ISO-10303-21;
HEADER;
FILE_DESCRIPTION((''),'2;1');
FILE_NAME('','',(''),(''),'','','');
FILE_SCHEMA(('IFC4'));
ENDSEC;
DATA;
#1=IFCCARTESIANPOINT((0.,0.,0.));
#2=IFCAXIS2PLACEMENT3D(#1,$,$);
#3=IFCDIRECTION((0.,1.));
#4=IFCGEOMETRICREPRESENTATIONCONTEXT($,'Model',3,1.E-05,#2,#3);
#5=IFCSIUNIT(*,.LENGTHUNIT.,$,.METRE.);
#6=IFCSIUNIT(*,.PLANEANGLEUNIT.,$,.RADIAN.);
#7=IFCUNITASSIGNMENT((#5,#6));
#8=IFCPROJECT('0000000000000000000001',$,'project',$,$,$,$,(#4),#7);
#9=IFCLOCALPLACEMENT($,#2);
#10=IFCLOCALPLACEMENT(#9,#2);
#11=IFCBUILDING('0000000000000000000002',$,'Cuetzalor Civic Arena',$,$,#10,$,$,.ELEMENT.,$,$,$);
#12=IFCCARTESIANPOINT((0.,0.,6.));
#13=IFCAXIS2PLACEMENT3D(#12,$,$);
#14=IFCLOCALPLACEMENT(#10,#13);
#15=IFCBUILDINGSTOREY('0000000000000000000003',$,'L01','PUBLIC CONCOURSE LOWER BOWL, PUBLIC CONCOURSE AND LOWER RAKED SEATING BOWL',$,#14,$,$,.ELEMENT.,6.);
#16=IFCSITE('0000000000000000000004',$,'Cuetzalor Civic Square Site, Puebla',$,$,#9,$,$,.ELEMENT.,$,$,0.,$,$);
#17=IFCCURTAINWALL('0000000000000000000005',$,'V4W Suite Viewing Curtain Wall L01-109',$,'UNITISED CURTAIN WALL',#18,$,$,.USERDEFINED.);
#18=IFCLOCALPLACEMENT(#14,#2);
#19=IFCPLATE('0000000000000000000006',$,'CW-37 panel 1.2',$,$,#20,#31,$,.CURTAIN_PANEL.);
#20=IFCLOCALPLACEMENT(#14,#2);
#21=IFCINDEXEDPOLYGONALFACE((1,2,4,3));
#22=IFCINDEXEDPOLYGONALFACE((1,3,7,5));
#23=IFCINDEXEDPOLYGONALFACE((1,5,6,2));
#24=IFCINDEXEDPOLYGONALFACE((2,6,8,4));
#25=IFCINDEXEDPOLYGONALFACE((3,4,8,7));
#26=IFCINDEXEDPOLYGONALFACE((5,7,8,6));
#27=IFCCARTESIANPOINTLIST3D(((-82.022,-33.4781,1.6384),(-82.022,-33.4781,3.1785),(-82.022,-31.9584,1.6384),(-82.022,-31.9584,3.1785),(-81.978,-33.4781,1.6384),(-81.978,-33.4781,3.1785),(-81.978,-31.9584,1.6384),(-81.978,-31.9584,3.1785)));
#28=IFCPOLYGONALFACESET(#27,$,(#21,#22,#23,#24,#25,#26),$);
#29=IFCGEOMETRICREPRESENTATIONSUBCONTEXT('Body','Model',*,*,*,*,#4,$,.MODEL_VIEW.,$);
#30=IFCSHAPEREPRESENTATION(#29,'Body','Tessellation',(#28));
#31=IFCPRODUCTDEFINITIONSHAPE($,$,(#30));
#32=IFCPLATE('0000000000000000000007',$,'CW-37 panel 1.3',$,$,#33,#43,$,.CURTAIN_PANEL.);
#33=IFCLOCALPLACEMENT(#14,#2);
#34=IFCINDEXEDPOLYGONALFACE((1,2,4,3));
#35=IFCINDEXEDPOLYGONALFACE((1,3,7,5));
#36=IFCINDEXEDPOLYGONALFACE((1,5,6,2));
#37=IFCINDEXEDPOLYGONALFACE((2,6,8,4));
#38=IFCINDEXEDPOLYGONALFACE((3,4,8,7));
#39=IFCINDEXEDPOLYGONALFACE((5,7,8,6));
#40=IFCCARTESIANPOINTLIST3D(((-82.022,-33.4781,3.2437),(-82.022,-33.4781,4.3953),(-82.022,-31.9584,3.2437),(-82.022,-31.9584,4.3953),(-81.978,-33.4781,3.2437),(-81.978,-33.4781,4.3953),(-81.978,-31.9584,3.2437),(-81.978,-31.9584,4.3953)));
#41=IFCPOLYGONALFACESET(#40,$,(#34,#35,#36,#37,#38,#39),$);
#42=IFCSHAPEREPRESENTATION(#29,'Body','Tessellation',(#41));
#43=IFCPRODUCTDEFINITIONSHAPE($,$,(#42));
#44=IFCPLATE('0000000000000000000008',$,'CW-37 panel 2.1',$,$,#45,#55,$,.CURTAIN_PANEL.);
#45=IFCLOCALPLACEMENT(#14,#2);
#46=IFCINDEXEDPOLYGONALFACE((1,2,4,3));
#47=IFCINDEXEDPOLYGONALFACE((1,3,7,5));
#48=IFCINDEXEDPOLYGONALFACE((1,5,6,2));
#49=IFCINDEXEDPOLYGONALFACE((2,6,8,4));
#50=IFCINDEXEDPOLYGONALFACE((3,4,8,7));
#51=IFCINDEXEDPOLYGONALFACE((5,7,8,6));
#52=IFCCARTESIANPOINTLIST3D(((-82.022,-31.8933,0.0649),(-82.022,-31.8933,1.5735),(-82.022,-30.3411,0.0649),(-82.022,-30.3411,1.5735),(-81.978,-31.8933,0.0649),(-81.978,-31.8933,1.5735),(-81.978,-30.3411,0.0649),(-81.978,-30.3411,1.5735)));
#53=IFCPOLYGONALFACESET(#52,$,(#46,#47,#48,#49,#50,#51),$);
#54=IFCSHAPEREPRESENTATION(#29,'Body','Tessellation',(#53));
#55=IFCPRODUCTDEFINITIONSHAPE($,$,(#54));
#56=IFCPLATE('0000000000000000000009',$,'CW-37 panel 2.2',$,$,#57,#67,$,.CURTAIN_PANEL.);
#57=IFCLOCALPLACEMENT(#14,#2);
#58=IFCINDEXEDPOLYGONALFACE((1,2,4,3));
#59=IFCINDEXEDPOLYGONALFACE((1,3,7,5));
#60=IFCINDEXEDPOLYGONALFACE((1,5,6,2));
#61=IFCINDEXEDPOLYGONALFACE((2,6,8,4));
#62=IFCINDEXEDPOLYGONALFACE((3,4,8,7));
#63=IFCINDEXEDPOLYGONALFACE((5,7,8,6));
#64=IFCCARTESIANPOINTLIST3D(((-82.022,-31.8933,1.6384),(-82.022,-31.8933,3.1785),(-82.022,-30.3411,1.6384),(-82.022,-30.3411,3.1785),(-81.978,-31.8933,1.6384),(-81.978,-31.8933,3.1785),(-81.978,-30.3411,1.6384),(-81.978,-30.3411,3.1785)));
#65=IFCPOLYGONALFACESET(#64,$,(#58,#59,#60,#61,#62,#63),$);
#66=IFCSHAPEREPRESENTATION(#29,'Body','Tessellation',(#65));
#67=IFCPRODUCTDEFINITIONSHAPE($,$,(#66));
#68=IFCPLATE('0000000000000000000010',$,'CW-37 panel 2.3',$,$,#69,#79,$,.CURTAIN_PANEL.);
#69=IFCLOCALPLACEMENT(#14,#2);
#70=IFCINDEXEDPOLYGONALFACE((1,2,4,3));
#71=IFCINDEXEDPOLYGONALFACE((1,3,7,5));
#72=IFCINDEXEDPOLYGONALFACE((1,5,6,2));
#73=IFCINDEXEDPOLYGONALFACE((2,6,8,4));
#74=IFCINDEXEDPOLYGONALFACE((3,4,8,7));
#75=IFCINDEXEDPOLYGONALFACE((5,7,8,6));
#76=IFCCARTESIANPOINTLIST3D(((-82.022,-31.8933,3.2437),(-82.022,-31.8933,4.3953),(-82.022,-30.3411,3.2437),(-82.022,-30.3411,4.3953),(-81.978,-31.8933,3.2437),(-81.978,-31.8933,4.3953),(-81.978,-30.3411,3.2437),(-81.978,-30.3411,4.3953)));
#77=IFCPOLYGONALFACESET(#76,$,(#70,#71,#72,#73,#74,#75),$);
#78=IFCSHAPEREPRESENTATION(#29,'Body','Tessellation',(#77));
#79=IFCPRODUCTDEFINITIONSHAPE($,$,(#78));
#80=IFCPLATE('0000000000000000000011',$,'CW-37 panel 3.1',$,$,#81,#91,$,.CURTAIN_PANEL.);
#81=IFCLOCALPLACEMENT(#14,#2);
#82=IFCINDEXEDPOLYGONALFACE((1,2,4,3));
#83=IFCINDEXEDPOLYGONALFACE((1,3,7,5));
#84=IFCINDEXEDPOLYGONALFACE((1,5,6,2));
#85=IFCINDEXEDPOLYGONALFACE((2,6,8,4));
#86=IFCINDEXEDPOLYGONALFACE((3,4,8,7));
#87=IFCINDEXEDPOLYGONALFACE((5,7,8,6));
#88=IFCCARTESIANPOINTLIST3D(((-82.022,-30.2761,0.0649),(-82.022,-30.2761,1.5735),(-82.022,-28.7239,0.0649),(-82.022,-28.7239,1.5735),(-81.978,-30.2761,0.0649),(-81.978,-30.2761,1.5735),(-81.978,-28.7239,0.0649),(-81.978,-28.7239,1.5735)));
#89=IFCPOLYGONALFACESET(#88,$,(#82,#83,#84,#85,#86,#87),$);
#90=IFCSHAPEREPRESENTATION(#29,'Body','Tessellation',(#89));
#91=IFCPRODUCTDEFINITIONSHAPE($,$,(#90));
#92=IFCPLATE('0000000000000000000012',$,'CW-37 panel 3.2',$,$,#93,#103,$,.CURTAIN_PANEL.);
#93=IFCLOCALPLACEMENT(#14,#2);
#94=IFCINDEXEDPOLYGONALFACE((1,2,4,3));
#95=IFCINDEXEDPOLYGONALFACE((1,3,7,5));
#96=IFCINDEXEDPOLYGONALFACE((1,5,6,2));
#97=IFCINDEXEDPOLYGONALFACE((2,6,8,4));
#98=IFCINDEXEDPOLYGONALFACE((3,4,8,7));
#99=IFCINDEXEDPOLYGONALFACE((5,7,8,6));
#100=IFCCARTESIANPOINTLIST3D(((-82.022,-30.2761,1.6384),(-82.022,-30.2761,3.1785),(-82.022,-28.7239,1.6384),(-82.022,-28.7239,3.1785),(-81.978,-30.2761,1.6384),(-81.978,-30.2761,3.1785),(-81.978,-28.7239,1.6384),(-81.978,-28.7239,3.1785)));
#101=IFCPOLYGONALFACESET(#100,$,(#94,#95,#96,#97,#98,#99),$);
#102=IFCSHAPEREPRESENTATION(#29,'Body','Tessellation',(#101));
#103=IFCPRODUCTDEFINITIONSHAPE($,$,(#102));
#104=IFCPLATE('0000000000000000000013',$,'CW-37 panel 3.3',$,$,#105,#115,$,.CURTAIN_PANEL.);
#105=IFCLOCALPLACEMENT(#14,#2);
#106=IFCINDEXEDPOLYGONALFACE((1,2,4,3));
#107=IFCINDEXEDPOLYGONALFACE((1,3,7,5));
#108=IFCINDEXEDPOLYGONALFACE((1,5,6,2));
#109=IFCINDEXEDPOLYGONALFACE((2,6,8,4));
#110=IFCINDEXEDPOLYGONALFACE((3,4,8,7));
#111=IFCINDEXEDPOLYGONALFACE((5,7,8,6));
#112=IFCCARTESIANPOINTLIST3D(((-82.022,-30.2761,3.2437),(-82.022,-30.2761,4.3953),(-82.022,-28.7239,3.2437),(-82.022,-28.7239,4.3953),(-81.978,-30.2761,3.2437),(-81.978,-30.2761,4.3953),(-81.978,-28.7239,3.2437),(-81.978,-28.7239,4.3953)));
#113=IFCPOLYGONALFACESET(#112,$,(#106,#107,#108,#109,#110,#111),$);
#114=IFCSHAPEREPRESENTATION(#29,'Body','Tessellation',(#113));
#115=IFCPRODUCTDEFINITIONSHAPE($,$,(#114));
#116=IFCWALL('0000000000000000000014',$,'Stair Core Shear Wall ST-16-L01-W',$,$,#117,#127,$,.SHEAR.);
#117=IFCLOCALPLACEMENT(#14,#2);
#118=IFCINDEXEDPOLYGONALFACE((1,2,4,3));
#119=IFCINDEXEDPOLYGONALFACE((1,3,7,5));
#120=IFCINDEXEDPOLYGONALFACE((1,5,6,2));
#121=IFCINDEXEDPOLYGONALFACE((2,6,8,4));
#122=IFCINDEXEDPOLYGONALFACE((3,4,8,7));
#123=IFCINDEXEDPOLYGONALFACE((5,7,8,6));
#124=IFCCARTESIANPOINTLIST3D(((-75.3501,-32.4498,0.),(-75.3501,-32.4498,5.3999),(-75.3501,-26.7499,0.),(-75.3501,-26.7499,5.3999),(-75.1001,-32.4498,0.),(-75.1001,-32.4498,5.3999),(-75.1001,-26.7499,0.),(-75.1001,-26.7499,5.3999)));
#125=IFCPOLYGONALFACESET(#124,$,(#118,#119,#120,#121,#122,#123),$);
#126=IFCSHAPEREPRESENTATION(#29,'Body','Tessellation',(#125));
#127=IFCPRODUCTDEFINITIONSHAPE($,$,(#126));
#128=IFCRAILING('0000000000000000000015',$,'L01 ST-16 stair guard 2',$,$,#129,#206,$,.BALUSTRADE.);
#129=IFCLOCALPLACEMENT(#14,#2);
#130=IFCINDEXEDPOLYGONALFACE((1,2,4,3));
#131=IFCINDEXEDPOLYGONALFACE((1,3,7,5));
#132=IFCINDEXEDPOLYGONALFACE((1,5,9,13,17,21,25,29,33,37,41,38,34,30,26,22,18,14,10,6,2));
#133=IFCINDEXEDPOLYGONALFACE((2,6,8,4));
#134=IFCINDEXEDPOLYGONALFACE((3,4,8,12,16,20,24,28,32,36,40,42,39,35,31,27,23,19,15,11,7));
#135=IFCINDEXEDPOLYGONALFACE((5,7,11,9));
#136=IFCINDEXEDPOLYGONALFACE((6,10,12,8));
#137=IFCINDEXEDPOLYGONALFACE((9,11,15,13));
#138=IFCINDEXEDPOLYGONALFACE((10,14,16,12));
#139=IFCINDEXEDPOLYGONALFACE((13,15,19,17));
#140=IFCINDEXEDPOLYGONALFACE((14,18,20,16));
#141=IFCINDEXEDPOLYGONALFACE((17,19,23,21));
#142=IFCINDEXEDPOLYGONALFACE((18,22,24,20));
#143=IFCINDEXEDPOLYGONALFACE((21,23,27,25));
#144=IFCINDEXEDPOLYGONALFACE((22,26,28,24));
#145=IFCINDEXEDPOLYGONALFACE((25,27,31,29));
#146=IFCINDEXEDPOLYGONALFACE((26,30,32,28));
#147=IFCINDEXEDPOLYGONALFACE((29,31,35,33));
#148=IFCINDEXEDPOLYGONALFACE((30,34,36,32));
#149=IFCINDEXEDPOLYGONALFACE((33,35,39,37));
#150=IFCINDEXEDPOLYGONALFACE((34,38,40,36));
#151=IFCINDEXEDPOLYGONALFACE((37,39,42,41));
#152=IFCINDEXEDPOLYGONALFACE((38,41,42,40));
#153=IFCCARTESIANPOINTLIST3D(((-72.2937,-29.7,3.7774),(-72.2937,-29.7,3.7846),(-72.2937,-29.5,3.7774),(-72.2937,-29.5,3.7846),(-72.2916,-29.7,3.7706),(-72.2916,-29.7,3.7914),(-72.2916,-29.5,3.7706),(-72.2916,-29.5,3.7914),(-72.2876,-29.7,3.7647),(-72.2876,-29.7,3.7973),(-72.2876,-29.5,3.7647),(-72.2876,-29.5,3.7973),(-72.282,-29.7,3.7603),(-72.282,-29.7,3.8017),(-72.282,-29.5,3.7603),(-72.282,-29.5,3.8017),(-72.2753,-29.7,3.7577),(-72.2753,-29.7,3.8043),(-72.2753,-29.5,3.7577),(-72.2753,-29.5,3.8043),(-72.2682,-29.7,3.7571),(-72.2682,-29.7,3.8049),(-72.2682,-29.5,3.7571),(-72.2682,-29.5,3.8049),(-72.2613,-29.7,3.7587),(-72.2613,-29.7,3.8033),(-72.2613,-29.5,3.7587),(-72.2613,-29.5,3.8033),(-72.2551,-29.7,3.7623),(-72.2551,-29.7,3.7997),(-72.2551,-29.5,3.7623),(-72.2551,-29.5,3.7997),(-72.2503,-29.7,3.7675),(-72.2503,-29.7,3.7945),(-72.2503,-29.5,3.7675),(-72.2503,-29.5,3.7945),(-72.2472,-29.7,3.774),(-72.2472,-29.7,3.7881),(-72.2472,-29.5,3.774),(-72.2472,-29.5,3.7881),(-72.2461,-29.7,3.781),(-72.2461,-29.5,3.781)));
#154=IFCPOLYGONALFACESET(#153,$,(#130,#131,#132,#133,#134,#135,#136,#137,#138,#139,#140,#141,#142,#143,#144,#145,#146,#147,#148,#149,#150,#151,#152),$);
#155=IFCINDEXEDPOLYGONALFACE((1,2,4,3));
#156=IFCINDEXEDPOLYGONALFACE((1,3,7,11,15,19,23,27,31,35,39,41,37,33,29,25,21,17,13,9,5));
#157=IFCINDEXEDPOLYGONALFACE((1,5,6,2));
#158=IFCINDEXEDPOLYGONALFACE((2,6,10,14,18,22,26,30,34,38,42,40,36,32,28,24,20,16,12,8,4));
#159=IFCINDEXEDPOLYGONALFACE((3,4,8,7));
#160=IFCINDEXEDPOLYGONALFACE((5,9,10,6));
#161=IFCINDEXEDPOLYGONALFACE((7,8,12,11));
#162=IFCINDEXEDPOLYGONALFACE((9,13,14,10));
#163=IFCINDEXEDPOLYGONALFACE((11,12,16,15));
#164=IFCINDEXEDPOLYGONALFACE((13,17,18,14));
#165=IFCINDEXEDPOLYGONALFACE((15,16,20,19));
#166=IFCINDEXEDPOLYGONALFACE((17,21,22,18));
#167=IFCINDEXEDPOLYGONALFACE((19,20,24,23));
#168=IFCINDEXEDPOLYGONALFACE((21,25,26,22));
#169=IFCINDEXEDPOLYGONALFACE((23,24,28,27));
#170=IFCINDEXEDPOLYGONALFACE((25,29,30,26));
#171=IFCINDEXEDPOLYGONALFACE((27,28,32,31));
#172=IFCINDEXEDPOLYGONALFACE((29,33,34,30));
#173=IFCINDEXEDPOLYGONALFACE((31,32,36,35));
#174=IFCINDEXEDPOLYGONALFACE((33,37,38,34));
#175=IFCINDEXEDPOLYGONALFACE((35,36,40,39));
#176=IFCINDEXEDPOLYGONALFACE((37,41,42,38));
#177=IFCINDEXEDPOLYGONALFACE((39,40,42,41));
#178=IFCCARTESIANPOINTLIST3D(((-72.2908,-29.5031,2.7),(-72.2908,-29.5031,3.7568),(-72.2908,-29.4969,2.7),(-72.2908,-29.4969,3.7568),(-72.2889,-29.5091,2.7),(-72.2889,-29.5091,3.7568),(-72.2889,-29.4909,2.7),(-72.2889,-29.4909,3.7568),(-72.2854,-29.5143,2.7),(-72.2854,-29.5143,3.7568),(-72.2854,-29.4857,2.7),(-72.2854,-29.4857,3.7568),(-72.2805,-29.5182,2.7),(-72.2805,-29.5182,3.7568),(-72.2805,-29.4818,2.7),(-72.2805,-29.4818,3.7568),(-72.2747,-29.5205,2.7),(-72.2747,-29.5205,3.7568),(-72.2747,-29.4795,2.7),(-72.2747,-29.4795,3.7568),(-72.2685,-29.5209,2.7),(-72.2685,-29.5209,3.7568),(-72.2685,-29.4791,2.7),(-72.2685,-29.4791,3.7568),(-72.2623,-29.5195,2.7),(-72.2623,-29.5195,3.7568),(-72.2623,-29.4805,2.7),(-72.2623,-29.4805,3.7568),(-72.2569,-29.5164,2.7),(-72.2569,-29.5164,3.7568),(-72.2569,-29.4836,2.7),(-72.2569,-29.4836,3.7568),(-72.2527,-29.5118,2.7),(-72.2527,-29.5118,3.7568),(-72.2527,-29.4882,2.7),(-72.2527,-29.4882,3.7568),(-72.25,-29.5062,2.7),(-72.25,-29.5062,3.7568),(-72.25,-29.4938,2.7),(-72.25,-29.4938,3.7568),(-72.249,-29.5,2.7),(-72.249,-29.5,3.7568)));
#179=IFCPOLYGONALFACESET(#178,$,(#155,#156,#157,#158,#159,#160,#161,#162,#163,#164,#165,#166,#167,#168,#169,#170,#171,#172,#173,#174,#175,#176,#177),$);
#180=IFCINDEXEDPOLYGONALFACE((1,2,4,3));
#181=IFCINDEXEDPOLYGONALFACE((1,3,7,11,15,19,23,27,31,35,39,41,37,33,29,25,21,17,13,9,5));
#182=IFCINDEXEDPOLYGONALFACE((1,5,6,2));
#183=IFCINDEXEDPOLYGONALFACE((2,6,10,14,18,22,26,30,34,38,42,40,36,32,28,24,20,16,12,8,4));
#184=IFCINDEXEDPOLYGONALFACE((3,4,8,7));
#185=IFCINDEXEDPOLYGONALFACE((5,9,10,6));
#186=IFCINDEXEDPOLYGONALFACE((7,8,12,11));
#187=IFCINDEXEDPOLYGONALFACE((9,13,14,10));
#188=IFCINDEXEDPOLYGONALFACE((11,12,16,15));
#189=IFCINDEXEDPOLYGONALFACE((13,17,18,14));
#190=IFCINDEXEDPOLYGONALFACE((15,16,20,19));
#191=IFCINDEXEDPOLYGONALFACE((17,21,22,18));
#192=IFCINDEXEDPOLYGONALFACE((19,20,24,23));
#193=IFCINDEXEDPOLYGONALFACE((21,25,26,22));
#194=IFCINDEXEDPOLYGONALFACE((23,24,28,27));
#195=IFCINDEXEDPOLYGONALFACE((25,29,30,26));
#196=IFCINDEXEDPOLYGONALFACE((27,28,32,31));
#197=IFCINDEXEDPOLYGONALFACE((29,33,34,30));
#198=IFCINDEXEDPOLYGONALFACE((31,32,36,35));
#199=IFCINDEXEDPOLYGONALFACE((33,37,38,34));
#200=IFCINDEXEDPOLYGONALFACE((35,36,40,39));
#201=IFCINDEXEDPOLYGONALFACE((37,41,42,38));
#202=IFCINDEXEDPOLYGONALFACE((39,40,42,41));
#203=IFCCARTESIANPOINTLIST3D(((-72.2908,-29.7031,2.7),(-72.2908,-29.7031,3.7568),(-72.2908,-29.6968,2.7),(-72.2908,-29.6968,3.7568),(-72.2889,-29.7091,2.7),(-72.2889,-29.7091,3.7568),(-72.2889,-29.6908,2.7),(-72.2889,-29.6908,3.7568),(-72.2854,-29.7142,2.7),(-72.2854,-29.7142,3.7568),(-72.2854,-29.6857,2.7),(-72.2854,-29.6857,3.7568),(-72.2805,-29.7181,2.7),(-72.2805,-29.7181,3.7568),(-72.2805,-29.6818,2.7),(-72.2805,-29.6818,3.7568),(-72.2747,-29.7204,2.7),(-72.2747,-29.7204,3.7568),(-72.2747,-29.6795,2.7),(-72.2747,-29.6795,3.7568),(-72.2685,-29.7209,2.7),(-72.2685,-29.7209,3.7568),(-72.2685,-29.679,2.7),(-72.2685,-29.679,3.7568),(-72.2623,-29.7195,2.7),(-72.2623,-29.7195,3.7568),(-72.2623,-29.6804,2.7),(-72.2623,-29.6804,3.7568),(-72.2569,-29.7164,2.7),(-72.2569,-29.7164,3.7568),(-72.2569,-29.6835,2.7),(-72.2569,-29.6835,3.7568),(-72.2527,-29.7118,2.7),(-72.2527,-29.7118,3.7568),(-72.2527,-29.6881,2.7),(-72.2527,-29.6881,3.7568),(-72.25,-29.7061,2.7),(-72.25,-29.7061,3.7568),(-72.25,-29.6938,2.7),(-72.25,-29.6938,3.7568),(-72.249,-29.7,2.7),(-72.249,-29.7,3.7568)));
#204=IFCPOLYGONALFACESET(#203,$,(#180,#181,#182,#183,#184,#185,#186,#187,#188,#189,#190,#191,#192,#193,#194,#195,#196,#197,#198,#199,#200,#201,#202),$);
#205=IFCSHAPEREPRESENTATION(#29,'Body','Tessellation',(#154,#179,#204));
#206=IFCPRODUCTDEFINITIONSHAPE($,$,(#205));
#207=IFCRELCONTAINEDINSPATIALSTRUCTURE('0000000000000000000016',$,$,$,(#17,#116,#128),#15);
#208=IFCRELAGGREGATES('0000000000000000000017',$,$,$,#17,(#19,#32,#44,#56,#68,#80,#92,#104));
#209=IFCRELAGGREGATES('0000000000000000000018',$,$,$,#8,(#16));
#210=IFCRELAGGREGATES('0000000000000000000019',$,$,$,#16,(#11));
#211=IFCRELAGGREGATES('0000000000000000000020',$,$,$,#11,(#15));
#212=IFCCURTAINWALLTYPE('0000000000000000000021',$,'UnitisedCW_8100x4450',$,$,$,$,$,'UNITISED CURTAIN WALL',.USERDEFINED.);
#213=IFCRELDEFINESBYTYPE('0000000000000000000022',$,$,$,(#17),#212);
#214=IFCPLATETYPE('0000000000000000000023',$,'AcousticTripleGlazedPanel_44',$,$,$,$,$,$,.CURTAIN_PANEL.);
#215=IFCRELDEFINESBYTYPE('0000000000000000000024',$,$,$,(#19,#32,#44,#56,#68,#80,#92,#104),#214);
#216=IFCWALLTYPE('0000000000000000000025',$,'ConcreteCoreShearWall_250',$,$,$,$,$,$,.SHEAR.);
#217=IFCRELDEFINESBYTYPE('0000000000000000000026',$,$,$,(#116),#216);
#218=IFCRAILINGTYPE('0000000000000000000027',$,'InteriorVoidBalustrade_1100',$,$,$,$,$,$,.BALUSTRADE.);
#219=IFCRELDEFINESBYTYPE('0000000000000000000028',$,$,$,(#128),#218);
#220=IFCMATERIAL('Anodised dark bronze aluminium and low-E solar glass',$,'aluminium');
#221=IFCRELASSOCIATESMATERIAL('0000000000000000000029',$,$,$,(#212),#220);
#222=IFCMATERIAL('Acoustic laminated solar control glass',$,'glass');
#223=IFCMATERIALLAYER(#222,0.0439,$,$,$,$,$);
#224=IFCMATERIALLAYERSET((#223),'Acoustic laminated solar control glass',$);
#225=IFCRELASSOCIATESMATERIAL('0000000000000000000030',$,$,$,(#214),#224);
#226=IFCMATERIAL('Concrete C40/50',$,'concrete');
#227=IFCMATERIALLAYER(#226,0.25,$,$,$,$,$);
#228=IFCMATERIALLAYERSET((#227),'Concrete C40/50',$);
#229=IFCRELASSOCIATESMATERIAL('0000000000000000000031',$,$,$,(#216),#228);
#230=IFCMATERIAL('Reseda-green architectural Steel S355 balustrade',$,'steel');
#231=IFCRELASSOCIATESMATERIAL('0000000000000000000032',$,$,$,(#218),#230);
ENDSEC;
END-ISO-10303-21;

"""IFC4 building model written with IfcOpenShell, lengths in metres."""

from ifc_helpers import new_model, si_unit, direction, frame, frame_2d, origin, origin_2d, place, context, subcontext, project, spatial, rectangle, circle, extrude, material, layer, layer_set, type_object, element, aggregate, save


model = new_model("IFC4")

# Units and contexts
model_context = context("Model", 3, precision=1e-05, world=origin(), true_north=direction((0.0, 1.0)))
body_context = subcontext(model_context, "Body", "Model", "MODEL_VIEW")
ifc_project = project(units=[si_unit("LENGTHUNIT", "METRE"), si_unit("PLANEANGLEUNIT", "RADIAN")], contexts=[model_context])

# Site, building, storey
site_placement = place(None, origin())
site = spatial("IfcSite", under=ifc_project, at=site_placement, Name="Cuetzalor Civic Square Site, Puebla", CompositionType="ELEMENT", RefElevation=0.0)
building_placement = place(site_placement, origin())
building = spatial("IfcBuilding", under=site, at=building_placement, Name="Cuetzalor Civic Arena", CompositionType="ELEMENT")
storey_placement = place(building_placement, frame((0.0, 0.0, 6.0)))
storey = spatial("IfcBuildingStorey", under=building, at=storey_placement, Name="L01", Description="PUBLIC CONCOURSE LOWER BOWL, PUBLIC CONCOURSE AND LOWER RAKED SEATING BOWL", CompositionType="ELEMENT", Elevation=6.0)

# Curtain wall
ifc_material_1 = material(Name="Anodised dark bronze aluminium and low-E solar glass", Category="aluminium")
curtain_wall_type = type_object("IfcCurtainWallType", Name="UnitisedCW_8100x4450", ElementType="UNITISED CURTAIN WALL", PredefinedType="USERDEFINED", material=ifc_material_1)
curtain_wall_placement = place(storey_placement, origin())
curtain_wall = element("IfcCurtainWall", 1, at=curtain_wall_placement, inside=storey, type_object=curtain_wall_type, Name="V4W Suite Viewing Curtain Wall L01-109", ObjectType="UNITISED CURTAIN WALL", PredefinedType="USERDEFINED")

# Plates
ifc_material_2 = material(Name="Acoustic laminated solar control glass", Category="glass")
ifc_layer_1 = layer(ifc_material_2, 0.0439)
ifc_layer_set_1 = layer_set([ifc_layer_1], Name="Acoustic laminated solar control glass")
plate_type = type_object("IfcPlateType", Name="AcousticTripleGlazedPanel_44", PredefinedType="CURTAIN_PANEL", material=ifc_layer_set_1)
plate_1_placement = place(storey_placement, frame((-82.0, -32.7183, 1.6384), z_axis=(0.0, 0.0, 1.0), x_axis=(0.0, 1.0, 0.0)))
plate_1 = element("IfcPlate", 2, at=plate_1_placement, type_object=plate_type, Name="CW-37 panel 1.2", PredefinedType="CURTAIN_PANEL", context=body_context, shape_type="SweptSolid", body=[
    extrude(rectangle(XDim=1.5198, YDim=0.0439, at=origin_2d()), origin(), (0.0, 0.0, 1.0), 1.54),
])
plate_2_placement = place(storey_placement, frame((-82.0, -32.7183, 3.2437), z_axis=(0.0, 0.0, 1.0), x_axis=(0.0, 1.0, 0.0)))
plate_2 = element("IfcPlate", 3, at=plate_2_placement, type_object=plate_type, Name="CW-37 panel 1.3", PredefinedType="CURTAIN_PANEL", context=body_context, shape_type="SweptSolid", body=[
    extrude(rectangle(XDim=1.5198, YDim=0.0439, at=origin_2d()), origin(), (0.0, 0.0, 1.0), 1.1516),
])
plate_3_placement = place(storey_placement, frame((-82.0, -31.1172, 0.0649), z_axis=(0.0, 0.0, 1.0), x_axis=(0.0, 1.0, 0.0)))
plate_3 = element("IfcPlate", 4, at=plate_3_placement, type_object=plate_type, Name="CW-37 panel 2.1", PredefinedType="CURTAIN_PANEL", context=body_context, shape_type="SweptSolid", body=[
    extrude(rectangle(XDim=1.5522, YDim=0.0439, at=origin_2d()), origin(), (0.0, 0.0, 1.0), 1.5085),
])
plate_4_placement = place(storey_placement, frame((-82.0, -31.1172, 1.6384), z_axis=(0.0, 0.0, 1.0), x_axis=(0.0, 1.0, 0.0)))
plate_4 = element("IfcPlate", 5, at=plate_4_placement, type_object=plate_type, Name="CW-37 panel 2.2", PredefinedType="CURTAIN_PANEL", context=body_context, shape_type="SweptSolid", body=[
    extrude(rectangle(XDim=1.5522, YDim=0.0439, at=origin_2d()), origin(), (0.0, 0.0, 1.0), 1.54),
])
plate_5_placement = place(storey_placement, frame((-82.0, -31.1172, 3.2437), z_axis=(0.0, 0.0, 1.0), x_axis=(0.0, 1.0, 0.0)))
plate_5 = element("IfcPlate", 6, at=plate_5_placement, type_object=plate_type, Name="CW-37 panel 2.3", PredefinedType="CURTAIN_PANEL", context=body_context, shape_type="SweptSolid", body=[
    extrude(rectangle(XDim=1.5522, YDim=0.0439, at=origin_2d()), origin(), (0.0, 0.0, 1.0), 1.1516),
])
plate_6_placement = place(storey_placement, frame((-82.0, -29.5, 0.0649), z_axis=(0.0, 0.0, 1.0), x_axis=(0.0, 1.0, 0.0)))
plate_6 = element("IfcPlate", 7, at=plate_6_placement, type_object=plate_type, Name="CW-37 panel 3.1", PredefinedType="CURTAIN_PANEL", context=body_context, shape_type="SweptSolid", body=[
    extrude(rectangle(XDim=1.5522, YDim=0.0439, at=origin_2d()), origin(), (0.0, 0.0, 1.0), 1.5085),
])
plate_7_placement = place(storey_placement, frame((-82.0, -29.5, 1.6384), z_axis=(0.0, 0.0, 1.0), x_axis=(0.0, 1.0, 0.0)))
plate_7 = element("IfcPlate", 8, at=plate_7_placement, type_object=plate_type, Name="CW-37 panel 3.2", PredefinedType="CURTAIN_PANEL", context=body_context, shape_type="SweptSolid", body=[
    extrude(rectangle(XDim=1.5522, YDim=0.0439, at=origin_2d()), origin(), (0.0, 0.0, 1.0), 1.54),
])
plate_8_placement = place(storey_placement, frame((-82.0, -29.5, 3.2437), z_axis=(0.0, 0.0, 1.0), x_axis=(0.0, 1.0, 0.0)))
plate_8 = element("IfcPlate", 9, at=plate_8_placement, type_object=plate_type, Name="CW-37 panel 3.3", PredefinedType="CURTAIN_PANEL", context=body_context, shape_type="SweptSolid", body=[
    extrude(rectangle(XDim=1.5522, YDim=0.0439, at=origin_2d()), origin(), (0.0, 0.0, 1.0), 1.1516),
])
aggregate(curtain_wall, [plate_1, plate_2, plate_3, plate_4, plate_5, plate_6, plate_7, plate_8])

# Wall
ifc_material_3 = material(Name="Concrete C40/50", Category="concrete")
ifc_layer_2 = layer(ifc_material_3, 0.25)
ifc_layer_set_2 = layer_set([ifc_layer_2], Name="Concrete C40/50")
wall_type = type_object("IfcWallType", Name="ConcreteCoreShearWall_250", PredefinedType="SHEAR", material=ifc_layer_set_2)
wall_placement = place(storey_placement, frame((-75.2251, -32.45, 0.0), z_axis=(0.0, 0.0, 1.0), x_axis=(0.0, 1.0, 0.0)))
element("IfcWall", 10, at=wall_placement, inside=storey, type_object=wall_type, Name="Stair Core Shear Wall ST-16-L01-W", PredefinedType="SHEAR", context=body_context, shape_type="SweptSolid", body=[
    extrude(rectangle(XDim=5.7, YDim=0.25, at=frame_2d((2.8501, 0.0))), origin(), (0.0, 0.0, 1.0), 5.3999),
])

# Railing
ifc_material_4 = material(Name="Reseda-green architectural Steel S355 balustrade", Category="steel")
railing_type = type_object("IfcRailingType", Name="InteriorVoidBalustrade_1100", PredefinedType="BALUSTRADE", material=ifc_material_4)
railing_placement = place(storey_placement, frame((-72.27, -29.5, 2.7)))
element("IfcRailing", 11, at=railing_placement, inside=storey, type_object=railing_type, Name="L01 ST-16 stair guard 2", PredefinedType="BALUSTRADE", context=body_context, shape_type="SweptSolid", body=[
    extrude(circle(Radius=0.0239, at=origin_2d()), frame((0.0, 0.0, 1.0811), z_axis=(0.0, -1.0, 0.0), x_axis=(1.0, 0.0, 0.0)), (0.0, 0.0, 1.0), 0.2),
    extrude(circle(Radius=0.021, at=origin_2d()), origin(), (0.0, 0.0, 1.0), 1.0569),
    extrude(circle(Radius=0.021, at=origin_2d()), frame((0.0, -0.2, 0.0)), (0.0, 0.0, 1.0), 1.0569),
])

save(model, "model.ifc")
